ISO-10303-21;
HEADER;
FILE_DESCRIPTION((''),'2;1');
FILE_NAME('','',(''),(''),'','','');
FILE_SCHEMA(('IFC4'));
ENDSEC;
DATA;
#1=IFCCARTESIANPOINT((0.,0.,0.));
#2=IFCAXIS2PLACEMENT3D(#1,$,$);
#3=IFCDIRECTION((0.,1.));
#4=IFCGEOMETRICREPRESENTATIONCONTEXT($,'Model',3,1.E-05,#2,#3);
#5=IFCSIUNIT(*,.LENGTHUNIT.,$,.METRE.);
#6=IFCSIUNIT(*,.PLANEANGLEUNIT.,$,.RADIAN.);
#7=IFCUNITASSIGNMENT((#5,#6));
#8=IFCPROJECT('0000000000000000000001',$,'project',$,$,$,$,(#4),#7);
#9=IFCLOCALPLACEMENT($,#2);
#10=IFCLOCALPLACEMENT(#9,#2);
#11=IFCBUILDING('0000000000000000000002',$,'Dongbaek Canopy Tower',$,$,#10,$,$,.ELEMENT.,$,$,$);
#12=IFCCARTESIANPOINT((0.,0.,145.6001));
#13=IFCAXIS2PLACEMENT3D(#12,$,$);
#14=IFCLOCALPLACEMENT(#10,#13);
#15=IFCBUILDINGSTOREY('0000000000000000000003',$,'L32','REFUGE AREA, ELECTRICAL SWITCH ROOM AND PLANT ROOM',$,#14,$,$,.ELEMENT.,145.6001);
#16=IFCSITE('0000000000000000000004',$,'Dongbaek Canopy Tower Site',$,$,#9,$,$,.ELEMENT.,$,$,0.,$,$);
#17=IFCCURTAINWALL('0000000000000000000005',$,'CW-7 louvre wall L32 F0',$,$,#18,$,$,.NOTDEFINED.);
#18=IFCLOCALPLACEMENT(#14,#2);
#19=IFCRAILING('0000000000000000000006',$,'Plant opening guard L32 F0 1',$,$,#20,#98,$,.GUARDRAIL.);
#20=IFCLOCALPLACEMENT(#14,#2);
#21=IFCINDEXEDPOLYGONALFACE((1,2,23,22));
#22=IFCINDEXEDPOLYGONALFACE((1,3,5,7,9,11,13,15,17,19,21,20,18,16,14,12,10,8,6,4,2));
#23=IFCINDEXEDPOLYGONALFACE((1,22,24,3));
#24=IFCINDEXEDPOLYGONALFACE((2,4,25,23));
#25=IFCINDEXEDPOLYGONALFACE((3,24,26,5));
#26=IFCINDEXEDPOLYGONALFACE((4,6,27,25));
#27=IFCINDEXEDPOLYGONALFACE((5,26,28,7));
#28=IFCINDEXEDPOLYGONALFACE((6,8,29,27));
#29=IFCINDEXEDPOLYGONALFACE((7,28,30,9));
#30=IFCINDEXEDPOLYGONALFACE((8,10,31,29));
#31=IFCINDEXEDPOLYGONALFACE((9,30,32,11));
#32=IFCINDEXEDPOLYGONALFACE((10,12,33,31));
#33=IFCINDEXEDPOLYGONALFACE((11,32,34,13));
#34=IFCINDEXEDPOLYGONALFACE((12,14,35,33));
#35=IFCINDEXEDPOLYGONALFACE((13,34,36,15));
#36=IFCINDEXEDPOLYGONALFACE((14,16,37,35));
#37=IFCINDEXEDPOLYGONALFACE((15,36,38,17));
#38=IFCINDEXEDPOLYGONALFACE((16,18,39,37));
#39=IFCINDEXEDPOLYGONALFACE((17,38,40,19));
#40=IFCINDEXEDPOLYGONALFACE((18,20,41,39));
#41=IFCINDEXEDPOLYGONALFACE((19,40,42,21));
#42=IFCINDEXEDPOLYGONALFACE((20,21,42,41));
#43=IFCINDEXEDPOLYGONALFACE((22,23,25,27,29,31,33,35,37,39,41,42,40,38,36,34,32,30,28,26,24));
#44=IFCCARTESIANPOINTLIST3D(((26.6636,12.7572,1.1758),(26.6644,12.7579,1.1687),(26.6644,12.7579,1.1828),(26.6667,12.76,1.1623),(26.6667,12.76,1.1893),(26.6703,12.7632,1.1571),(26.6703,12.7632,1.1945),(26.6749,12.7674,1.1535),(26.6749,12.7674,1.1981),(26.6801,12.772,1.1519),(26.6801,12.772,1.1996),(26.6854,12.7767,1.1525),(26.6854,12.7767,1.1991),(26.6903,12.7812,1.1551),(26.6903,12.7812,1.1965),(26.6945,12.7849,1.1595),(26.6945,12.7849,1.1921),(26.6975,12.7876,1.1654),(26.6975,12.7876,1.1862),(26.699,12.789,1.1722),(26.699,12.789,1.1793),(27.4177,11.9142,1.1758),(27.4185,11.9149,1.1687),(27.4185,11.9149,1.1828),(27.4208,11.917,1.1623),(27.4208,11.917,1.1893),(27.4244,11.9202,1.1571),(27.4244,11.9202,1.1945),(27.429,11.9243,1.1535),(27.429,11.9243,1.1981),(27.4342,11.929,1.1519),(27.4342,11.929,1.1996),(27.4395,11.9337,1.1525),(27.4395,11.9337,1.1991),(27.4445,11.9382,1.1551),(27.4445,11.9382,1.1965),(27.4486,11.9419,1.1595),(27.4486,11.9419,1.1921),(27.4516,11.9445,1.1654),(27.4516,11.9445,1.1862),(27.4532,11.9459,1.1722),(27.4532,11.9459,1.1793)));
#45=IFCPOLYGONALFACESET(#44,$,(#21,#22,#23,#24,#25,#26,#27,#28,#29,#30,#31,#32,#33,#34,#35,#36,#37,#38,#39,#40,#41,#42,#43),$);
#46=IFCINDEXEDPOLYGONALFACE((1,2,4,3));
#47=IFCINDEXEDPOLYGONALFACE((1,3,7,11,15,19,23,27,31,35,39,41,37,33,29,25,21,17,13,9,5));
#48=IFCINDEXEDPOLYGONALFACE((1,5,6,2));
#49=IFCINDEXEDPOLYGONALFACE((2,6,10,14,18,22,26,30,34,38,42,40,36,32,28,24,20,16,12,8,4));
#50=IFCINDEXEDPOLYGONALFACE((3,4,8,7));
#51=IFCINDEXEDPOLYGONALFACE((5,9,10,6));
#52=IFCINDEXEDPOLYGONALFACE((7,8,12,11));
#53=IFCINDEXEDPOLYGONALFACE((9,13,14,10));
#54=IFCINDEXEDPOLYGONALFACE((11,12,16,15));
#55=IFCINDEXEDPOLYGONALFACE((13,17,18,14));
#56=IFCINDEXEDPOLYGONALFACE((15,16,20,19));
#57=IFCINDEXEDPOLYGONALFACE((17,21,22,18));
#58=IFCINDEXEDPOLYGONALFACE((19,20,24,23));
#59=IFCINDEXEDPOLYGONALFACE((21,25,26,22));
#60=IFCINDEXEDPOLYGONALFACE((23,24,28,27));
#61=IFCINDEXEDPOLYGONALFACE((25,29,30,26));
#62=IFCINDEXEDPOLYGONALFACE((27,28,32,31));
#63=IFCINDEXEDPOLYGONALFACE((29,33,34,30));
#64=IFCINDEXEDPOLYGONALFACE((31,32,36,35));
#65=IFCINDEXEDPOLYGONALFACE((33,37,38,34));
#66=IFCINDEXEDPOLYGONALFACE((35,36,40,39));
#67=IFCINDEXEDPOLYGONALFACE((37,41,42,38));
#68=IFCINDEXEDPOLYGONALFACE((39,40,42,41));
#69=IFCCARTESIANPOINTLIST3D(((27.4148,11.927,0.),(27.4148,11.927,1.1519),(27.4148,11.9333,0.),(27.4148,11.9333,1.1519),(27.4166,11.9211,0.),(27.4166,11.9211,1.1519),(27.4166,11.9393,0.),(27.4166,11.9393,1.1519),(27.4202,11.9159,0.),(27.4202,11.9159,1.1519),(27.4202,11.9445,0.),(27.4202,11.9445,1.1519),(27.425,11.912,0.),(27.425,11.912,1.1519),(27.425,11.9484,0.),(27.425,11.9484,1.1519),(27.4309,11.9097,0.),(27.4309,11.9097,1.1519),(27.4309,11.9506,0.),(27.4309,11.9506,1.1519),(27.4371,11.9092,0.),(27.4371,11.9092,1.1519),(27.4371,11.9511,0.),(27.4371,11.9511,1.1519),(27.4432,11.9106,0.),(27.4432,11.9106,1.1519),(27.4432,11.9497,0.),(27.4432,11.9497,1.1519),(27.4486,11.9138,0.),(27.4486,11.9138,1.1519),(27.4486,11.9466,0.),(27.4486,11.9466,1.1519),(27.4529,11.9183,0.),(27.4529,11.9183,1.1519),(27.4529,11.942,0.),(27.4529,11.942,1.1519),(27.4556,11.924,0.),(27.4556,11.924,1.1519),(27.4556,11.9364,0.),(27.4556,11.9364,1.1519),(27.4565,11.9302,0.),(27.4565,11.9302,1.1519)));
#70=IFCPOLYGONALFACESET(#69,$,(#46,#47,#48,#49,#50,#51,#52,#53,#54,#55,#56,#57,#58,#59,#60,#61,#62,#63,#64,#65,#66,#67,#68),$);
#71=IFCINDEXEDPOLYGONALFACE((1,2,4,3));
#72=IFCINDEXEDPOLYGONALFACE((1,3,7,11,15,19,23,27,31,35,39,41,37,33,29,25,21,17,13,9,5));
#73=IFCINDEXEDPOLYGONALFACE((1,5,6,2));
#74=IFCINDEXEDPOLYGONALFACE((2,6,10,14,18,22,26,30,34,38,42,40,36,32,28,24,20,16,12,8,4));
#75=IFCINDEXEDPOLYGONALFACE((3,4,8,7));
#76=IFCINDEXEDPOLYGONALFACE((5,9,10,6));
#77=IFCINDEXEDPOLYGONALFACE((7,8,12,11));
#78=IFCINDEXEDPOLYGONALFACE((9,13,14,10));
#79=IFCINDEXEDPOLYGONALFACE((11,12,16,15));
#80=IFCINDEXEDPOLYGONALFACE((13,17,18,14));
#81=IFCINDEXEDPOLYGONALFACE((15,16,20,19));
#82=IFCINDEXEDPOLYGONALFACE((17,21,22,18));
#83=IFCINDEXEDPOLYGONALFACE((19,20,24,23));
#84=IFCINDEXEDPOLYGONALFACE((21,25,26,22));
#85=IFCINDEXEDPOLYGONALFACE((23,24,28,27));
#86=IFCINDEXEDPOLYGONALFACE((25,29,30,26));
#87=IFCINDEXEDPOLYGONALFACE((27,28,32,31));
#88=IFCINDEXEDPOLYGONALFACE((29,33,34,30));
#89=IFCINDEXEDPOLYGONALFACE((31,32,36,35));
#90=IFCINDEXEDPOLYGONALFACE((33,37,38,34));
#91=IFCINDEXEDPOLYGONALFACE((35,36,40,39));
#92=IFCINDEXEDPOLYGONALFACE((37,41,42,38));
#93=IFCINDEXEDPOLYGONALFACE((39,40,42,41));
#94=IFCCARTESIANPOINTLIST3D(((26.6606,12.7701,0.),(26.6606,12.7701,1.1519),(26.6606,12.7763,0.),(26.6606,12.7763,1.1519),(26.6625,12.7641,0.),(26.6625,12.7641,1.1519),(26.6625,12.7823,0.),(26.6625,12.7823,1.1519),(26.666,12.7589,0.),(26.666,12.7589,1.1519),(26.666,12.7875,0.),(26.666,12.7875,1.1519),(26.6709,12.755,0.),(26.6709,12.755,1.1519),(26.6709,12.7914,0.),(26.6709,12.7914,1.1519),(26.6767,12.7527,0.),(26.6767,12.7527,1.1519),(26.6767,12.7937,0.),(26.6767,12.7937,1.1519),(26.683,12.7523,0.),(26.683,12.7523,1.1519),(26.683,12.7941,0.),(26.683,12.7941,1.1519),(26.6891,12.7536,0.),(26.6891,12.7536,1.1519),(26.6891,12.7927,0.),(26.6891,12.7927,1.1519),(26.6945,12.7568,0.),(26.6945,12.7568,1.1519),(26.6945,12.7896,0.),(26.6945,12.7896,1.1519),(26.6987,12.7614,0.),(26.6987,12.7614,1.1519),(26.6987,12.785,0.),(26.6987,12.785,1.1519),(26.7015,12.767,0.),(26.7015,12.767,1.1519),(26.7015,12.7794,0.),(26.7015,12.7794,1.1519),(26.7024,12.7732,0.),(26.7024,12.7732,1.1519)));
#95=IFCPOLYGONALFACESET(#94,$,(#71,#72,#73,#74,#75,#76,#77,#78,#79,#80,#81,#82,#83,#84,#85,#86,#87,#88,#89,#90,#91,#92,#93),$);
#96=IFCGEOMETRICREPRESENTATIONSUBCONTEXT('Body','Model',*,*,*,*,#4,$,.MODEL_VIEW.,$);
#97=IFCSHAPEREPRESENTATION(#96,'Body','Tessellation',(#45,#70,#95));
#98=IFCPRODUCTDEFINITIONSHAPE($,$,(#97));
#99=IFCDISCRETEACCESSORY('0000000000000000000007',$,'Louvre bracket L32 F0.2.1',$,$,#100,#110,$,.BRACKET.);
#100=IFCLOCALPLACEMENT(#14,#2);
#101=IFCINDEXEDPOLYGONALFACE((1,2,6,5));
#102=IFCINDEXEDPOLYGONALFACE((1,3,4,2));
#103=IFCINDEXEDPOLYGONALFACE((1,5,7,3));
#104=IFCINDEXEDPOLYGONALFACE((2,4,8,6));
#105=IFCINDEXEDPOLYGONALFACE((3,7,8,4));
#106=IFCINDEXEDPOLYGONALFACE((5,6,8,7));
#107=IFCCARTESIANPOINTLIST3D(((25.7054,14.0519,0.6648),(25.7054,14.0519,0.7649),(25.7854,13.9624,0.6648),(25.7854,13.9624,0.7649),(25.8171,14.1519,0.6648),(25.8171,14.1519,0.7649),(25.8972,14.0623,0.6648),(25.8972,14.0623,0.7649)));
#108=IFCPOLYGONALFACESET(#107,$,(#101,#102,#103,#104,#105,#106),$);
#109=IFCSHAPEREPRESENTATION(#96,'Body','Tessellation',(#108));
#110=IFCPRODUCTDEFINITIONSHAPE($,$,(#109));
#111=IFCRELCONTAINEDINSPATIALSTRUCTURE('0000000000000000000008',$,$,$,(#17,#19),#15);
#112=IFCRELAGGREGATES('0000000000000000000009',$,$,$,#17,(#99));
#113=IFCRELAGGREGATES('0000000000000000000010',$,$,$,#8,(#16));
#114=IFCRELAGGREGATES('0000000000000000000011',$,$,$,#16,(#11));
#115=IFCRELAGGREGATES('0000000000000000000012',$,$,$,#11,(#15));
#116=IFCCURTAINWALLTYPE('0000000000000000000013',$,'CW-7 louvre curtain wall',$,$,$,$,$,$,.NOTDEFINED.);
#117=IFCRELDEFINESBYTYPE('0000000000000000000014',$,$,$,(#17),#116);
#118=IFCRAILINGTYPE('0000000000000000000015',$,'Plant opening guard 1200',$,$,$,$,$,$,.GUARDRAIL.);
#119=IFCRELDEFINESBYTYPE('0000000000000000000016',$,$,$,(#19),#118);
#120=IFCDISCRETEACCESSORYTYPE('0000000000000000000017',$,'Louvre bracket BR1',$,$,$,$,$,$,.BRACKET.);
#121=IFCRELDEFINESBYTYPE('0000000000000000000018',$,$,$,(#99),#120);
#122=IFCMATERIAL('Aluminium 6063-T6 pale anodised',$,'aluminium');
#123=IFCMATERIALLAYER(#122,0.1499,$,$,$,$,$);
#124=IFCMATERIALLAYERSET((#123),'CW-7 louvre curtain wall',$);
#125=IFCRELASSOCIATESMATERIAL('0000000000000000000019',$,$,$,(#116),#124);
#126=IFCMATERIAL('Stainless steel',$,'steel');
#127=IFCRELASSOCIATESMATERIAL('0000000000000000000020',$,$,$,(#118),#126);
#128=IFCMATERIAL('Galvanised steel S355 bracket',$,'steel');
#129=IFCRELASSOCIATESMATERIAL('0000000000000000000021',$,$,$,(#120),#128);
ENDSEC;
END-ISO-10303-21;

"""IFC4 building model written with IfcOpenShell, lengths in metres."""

from ifc_helpers import new_model, si_unit, direction, frame, origin, origin_2d, place, context, subcontext, project, spatial, rectangle, circle, extrude, material, layer, layer_set, type_object, element, aggregate, save


model = new_model("IFC4")

# Units and contexts
model_context = context("Model", 3, precision=1e-05, world=origin(), true_north=direction((0.0, 1.0)))
body_context = subcontext(model_context, "Body", "Model", "MODEL_VIEW")
ifc_project = project(units=[si_unit("LENGTHUNIT", "METRE"), si_unit("PLANEANGLEUNIT", "RADIAN")], contexts=[model_context])

# Site, building, storey
site_placement = place(None, origin())
site = spatial("IfcSite", under=ifc_project, at=site_placement, Name="Dongbaek Canopy Tower Site", CompositionType="ELEMENT", RefElevation=0.0)
building_placement = place(site_placement, origin())
building = spatial("IfcBuilding", under=site, at=building_placement, Name="Dongbaek Canopy Tower", CompositionType="ELEMENT")
storey_placement = place(building_placement, frame((0.0, 0.0, 145.6001)))
storey = spatial("IfcBuildingStorey", under=building, at=storey_placement, Name="L32", Description="REFUGE AREA, ELECTRICAL SWITCH ROOM AND PLANT ROOM", CompositionType="ELEMENT", Elevation=145.6001)

# Curtain wall
ifc_material_1 = material(Name="Aluminium 6063-T6 pale anodised", Category="aluminium")
ifc_layer_1 = layer(ifc_material_1, 0.1499)
ifc_layer_set_1 = layer_set([ifc_layer_1], Name="CW-7 louvre curtain wall")
curtain_wall_type = type_object("IfcCurtainWallType", Name="CW-7 louvre curtain wall", PredefinedType="NOTDEFINED", material=ifc_layer_set_1)
curtain_wall_placement = place(storey_placement, origin())
curtain_wall = element("IfcCurtainWall", 1, at=curtain_wall_placement, inside=storey, type_object=curtain_wall_type, Name="CW-7 louvre wall L32 F0", PredefinedType="NOTDEFINED")

# Railing
ifc_material_2 = material(Name="Stainless steel", Category="steel")
railing_type = type_object("IfcRailingType", Name="Plant opening guard 1200", PredefinedType="GUARDRAIL", material=ifc_material_2)
railing_placement = place(storey_placement, frame((27.4355, 11.9302, 0.0)))
element("IfcRailing", 2, at=railing_placement, inside=storey, type_object=railing_type, Name="Plant opening guard L32 F0 1", PredefinedType="GUARDRAIL", context=body_context, shape_type="SweptSolid", body=[
    extrude(circle(Radius=0.0239, at=origin_2d()), frame((0.0, 0.0, 1.1758), z_axis=(-0.666732, 0.745298, 0.0), x_axis=(-0.745298, -0.666732, 0.0)), (0.0, 0.0, 1.0), 1.1311),
    extrude(circle(Radius=0.021, at=origin_2d()), origin(), (0.0, 0.0, 1.0), 1.1519),
    extrude(circle(Radius=0.021, at=origin_2d()), frame((-0.7542, 0.843, 0.0)), (0.0, 0.0, 1.0), 1.1519),
])

# Discrete accessory
ifc_material_3 = material(Name="Galvanised steel S355 bracket", Category="steel")
discrete_accessory_type = type_object("IfcDiscreteAccessoryType", Name="Louvre bracket BR1", PredefinedType="BRACKET", material=ifc_material_3)
discrete_accessory_placement = place(storey_placement, frame((25.8013, 14.0571, 0.6648), z_axis=(0.0, 0.0, 1.0), x_axis=(-0.666716, 0.745312, 0.0)))
discrete_accessory = element("IfcDiscreteAccessory", 3, at=discrete_accessory_placement, type_object=discrete_accessory_type, Name="Louvre bracket L32 F0.2.1", PredefinedType="BRACKET", context=body_context, shape_type="SweptSolid", body=[
    extrude(rectangle(XDim=0.1201, YDim=0.1499, at=origin_2d()), origin(), (0.0, 0.0, 1.0), 0.1001),
])
aggregate(curtain_wall, [discrete_accessory])

save(model, "model.ifc")
